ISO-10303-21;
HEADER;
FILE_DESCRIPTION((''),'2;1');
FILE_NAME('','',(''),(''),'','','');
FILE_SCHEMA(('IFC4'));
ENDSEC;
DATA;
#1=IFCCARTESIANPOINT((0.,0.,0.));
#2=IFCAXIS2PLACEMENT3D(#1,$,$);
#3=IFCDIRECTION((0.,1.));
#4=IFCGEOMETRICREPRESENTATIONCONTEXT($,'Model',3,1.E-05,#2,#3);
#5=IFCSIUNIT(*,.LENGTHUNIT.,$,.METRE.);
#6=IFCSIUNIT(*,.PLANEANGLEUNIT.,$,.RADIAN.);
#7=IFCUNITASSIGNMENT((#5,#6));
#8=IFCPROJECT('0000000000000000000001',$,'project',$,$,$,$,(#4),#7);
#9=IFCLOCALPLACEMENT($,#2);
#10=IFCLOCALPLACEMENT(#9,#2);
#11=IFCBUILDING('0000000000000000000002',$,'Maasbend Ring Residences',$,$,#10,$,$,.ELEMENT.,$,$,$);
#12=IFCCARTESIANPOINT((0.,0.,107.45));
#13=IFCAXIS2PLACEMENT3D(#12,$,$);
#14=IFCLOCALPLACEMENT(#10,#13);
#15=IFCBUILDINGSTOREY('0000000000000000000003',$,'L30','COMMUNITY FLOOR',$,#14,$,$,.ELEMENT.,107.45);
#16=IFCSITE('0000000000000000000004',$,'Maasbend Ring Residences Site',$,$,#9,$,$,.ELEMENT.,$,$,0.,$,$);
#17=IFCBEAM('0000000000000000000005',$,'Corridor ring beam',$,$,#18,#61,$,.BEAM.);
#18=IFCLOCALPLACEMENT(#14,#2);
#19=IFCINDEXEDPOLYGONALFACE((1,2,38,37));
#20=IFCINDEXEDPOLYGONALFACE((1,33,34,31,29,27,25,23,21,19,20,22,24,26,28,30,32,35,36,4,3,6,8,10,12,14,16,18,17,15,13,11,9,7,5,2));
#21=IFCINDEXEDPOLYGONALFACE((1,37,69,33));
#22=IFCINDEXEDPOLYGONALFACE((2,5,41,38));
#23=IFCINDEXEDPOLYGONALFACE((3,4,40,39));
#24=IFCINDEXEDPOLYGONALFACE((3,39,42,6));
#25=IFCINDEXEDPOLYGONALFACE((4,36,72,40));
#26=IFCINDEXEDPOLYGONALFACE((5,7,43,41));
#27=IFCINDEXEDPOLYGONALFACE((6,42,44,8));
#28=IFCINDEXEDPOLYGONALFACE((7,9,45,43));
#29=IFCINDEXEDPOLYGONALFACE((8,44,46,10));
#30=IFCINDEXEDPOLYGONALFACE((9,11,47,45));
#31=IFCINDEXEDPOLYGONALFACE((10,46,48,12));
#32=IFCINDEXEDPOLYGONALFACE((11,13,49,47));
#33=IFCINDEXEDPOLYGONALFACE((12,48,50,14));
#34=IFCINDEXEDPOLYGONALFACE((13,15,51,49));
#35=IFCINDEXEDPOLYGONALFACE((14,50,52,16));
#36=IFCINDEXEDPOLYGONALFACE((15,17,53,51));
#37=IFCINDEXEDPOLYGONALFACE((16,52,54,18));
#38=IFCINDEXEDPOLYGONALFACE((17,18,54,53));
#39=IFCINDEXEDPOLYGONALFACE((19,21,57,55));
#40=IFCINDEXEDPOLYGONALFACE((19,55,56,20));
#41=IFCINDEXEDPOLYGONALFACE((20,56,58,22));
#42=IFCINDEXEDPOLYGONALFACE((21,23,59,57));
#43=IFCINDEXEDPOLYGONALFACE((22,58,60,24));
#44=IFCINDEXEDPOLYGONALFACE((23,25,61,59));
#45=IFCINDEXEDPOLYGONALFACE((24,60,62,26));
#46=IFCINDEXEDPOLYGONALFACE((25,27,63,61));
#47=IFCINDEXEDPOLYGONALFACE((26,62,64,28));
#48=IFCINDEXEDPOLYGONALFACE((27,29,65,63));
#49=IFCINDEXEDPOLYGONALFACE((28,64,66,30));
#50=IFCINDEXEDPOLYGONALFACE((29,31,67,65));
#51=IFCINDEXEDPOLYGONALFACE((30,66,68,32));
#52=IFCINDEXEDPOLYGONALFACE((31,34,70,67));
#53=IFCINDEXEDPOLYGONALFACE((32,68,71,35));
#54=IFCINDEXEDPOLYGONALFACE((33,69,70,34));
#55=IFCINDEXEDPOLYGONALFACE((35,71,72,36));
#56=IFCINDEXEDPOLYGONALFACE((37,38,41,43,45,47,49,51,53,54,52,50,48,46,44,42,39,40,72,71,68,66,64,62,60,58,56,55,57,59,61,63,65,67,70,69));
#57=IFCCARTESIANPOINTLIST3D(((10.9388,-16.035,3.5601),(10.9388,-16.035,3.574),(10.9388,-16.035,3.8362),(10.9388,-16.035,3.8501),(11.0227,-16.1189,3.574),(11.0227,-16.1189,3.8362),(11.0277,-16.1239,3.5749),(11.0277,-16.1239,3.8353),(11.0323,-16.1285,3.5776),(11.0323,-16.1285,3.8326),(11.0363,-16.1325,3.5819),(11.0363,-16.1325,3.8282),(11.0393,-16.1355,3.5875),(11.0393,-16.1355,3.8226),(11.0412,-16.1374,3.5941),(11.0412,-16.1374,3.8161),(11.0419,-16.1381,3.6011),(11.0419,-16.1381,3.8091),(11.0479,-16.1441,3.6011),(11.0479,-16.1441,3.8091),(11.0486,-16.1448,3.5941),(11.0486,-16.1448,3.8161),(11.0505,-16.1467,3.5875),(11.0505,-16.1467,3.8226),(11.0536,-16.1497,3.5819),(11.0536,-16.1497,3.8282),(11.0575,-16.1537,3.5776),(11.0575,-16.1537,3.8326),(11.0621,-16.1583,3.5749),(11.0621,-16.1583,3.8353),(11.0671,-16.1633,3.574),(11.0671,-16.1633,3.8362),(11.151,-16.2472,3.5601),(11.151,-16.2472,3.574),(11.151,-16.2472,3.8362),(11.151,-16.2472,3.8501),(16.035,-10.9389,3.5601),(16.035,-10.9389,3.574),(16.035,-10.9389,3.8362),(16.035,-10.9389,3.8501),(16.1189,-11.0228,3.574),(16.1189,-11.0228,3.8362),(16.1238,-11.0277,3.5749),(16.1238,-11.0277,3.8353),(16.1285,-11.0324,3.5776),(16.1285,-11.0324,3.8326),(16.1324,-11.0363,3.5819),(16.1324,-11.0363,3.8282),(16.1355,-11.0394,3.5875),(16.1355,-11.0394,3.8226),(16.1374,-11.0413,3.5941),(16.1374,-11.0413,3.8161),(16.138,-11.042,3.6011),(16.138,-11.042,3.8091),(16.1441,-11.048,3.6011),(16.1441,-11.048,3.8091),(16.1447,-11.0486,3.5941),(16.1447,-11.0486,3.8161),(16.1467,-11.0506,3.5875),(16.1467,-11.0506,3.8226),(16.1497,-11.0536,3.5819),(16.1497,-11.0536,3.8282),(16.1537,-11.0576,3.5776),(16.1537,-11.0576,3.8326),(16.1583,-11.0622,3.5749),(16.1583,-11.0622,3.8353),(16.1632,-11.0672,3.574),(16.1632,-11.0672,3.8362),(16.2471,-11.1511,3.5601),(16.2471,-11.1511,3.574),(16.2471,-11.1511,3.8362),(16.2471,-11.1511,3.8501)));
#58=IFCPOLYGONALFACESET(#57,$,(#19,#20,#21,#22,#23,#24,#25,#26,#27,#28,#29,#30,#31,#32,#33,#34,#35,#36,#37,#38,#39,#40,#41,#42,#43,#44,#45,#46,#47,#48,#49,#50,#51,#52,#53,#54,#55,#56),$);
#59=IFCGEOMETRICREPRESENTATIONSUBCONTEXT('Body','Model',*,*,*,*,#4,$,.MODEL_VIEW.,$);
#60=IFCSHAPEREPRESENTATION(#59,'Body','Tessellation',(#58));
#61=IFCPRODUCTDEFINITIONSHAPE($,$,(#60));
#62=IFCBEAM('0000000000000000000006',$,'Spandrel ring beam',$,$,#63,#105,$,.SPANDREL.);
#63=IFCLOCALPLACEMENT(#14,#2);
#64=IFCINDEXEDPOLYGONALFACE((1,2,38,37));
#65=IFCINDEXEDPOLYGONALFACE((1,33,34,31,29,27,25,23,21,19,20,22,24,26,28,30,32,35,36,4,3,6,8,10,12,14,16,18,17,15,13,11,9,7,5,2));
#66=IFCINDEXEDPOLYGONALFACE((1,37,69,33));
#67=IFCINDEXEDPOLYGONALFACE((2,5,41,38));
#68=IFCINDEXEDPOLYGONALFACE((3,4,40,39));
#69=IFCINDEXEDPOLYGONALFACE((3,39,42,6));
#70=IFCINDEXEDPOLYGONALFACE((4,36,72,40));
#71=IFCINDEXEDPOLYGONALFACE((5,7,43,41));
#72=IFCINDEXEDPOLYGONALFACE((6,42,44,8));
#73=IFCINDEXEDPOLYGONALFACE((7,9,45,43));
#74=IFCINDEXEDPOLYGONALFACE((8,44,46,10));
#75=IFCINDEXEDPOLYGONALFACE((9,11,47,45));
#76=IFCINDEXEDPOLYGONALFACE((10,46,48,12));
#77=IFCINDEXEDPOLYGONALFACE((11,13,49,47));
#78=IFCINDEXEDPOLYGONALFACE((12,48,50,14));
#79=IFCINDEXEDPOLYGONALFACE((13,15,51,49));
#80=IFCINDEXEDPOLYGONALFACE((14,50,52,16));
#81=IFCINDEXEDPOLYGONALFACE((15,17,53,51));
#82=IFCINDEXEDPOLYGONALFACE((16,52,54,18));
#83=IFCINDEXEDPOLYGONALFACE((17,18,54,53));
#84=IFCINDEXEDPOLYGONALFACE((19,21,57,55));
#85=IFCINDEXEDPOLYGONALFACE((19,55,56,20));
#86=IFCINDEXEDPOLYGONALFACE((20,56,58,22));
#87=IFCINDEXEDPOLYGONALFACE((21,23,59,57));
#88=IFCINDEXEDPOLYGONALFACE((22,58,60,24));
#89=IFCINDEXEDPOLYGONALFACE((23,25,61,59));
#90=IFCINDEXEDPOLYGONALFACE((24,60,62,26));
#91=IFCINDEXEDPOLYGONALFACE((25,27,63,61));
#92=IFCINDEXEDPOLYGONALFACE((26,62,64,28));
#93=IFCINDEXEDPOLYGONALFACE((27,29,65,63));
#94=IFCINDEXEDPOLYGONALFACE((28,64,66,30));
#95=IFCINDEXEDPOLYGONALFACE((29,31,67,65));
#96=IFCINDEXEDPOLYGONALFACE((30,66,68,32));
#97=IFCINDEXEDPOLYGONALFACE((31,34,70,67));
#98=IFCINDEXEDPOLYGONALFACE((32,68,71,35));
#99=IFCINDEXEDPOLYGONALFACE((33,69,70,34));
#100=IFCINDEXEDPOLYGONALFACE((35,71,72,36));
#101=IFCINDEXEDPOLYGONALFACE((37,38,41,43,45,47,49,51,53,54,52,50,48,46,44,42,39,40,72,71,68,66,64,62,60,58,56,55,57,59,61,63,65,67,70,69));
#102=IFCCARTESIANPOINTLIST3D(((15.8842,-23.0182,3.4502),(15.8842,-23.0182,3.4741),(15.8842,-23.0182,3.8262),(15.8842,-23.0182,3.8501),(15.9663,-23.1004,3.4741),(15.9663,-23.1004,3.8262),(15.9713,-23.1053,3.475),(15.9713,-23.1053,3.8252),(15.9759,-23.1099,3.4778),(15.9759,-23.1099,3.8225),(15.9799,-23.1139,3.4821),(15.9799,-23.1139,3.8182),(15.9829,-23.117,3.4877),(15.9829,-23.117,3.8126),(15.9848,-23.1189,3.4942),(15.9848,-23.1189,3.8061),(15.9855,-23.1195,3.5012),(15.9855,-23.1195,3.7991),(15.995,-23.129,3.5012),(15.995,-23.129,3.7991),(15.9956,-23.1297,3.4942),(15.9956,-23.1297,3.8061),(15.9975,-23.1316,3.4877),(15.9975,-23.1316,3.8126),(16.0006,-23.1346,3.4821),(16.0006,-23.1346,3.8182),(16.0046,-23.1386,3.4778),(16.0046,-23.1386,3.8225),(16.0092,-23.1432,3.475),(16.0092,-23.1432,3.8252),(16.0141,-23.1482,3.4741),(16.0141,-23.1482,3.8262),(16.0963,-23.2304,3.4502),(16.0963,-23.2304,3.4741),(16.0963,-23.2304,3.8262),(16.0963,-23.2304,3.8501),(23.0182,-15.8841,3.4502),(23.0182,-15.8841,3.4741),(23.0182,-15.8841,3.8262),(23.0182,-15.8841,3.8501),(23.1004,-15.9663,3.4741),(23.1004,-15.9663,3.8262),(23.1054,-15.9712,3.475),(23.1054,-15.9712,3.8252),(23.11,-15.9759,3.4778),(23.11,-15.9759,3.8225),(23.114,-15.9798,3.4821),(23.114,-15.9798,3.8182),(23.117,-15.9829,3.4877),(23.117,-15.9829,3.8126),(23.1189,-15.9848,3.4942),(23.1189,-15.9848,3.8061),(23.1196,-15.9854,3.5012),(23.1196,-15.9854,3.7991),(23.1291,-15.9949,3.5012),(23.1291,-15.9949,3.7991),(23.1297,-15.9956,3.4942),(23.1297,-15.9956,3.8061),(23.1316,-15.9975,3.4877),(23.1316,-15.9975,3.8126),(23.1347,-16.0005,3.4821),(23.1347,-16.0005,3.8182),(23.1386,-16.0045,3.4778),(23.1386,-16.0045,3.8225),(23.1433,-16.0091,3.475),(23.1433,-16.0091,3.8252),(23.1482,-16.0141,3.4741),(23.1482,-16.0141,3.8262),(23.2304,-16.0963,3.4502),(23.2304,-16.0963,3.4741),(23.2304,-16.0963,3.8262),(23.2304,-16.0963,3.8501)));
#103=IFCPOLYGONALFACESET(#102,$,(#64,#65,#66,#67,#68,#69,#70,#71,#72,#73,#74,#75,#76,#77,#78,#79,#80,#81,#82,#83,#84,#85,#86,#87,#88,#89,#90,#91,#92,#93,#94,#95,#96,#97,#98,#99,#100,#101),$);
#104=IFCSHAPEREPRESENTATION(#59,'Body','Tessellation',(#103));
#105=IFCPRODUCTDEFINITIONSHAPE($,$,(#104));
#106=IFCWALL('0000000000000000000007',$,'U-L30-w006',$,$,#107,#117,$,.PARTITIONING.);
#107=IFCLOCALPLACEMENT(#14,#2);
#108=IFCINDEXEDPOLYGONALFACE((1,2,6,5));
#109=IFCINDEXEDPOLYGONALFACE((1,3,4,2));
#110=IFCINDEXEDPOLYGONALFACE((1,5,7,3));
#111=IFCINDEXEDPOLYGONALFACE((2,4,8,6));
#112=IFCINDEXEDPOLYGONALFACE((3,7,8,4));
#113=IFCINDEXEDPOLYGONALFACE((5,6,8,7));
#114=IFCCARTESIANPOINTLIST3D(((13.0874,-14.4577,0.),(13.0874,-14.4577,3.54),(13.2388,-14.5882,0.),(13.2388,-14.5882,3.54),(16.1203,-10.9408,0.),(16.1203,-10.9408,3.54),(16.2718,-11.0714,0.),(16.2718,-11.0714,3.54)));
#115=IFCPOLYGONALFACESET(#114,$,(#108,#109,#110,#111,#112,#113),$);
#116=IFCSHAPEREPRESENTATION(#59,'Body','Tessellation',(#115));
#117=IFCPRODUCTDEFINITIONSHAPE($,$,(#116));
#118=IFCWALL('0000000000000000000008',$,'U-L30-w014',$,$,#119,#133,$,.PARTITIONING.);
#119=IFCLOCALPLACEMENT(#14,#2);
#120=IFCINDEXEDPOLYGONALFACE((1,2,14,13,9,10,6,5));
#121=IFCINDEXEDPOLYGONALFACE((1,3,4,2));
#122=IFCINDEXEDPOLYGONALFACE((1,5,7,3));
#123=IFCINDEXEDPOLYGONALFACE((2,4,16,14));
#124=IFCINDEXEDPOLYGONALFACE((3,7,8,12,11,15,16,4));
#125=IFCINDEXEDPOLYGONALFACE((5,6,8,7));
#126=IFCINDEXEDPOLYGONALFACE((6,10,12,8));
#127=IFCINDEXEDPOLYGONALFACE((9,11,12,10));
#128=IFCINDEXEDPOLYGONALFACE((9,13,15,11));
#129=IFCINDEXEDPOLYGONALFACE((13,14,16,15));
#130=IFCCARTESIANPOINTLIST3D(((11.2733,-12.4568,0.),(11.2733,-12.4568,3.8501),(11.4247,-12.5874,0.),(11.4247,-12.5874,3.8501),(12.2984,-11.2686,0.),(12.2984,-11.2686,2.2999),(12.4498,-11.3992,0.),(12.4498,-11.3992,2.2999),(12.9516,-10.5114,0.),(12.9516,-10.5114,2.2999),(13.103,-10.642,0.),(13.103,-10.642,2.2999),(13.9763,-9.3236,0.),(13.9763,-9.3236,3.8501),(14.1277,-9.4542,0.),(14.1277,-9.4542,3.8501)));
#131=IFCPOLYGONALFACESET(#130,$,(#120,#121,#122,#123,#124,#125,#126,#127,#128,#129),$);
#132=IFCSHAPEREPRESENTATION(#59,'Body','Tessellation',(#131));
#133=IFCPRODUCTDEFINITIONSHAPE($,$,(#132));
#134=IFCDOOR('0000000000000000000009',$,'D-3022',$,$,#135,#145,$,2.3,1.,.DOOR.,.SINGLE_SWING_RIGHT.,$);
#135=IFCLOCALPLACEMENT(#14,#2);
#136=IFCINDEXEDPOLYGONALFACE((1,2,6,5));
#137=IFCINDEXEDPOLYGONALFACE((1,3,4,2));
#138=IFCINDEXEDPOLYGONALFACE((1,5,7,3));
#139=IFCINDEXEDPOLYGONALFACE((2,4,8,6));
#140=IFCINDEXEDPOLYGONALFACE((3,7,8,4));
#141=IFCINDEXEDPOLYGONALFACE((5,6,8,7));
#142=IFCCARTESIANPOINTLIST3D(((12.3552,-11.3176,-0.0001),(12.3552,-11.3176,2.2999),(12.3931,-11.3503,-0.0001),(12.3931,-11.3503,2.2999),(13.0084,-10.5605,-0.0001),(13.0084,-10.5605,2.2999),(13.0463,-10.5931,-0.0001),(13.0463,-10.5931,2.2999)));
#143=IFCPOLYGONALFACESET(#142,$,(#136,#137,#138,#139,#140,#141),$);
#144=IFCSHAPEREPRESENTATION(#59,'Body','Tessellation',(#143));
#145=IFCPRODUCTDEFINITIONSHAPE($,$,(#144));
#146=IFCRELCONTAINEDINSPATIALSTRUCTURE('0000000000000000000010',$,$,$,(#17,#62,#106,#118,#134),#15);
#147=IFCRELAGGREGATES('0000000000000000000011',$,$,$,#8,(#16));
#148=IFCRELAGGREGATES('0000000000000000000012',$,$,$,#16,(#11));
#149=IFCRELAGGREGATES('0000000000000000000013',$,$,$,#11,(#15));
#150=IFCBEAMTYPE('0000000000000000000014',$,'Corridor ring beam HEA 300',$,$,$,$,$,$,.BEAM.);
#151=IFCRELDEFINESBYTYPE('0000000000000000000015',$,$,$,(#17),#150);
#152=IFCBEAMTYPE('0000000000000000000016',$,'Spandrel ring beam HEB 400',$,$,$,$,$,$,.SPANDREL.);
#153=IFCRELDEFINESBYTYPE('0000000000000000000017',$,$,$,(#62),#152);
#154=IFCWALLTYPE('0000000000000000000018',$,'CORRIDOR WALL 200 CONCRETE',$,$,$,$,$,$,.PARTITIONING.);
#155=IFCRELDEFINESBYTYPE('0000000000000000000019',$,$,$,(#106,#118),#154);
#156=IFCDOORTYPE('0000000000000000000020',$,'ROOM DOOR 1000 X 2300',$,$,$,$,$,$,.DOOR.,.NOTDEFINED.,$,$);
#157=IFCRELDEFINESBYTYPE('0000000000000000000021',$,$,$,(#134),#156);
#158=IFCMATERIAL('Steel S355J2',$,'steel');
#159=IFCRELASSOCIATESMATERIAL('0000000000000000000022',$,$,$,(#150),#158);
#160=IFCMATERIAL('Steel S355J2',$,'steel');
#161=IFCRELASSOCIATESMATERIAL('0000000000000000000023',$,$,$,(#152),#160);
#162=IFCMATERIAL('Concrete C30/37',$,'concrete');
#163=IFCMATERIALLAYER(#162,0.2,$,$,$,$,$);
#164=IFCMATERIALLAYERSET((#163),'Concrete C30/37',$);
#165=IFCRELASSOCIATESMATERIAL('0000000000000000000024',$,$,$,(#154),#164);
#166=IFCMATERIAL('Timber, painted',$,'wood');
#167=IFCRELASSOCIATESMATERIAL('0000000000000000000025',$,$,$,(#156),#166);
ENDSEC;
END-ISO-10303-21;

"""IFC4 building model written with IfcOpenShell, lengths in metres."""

from ifc_helpers import new_model, si_unit, direction, frame, frame_2d, origin, origin_2d, place, context, subcontext, project, spatial, rectangle, i_section, extrude, material, layer, layer_set, material_profile, profile_set, type_object, element, fill, save


model = new_model("IFC4")

# Units and contexts
model_context = context("Model", 3, precision=1e-05, world=origin(), true_north=direction((0.0, 1.0)))
body_context = subcontext(model_context, "Body", "Model", "MODEL_VIEW")
ifc_project = project(units=[si_unit("LENGTHUNIT", "METRE"), si_unit("PLANEANGLEUNIT", "RADIAN")], contexts=[model_context])

# Site, building, storey
site_placement = place(None, origin())
site = spatial("IfcSite", under=ifc_project, at=site_placement, Name="Maasbend Ring Residences Site", CompositionType="ELEMENT", RefElevation=0.0)
building_placement = place(site_placement, origin())
building = spatial("IfcBuilding", under=site, at=building_placement, Name="Maasbend Ring Residences", CompositionType="ELEMENT")
storey_placement = place(building_placement, frame((0.0, 0.0, 107.45)))
storey = spatial("IfcBuildingStorey", under=building, at=storey_placement, Name="L30", Description="COMMUNITY FLOOR", CompositionType="ELEMENT", Elevation=107.45)

# Beams
ifc_material_1 = material(Name="Steel S355J2", Category="steel")
ifc_material_profile_1 = material_profile(ifc_material_1, i_section(OverallWidth=0.3, OverallDepth=0.29, WebThickness=0.0085, FlangeThickness=0.0139, FilletRadius=0.0271, at=origin_2d()), Name="HEA 300")
ifc_profile_set_1 = profile_set([ifc_material_profile_1], Name="Steel S355J2")
beam_type_1 = type_object("IfcBeamType", Name="Corridor ring beam HEA 300", PredefinedType="BEAM", material=ifc_profile_set_1)
beam_1_placement = place(storey_placement, frame((11.0449, -16.1411, 3.7051), z_axis=(0.707107, 0.707107, 0.0), x_axis=(-0.707107, 0.707107, 0.0)))
element("IfcBeam", 1, at=beam_1_placement, inside=storey, type_object=beam_type_1, Name="Corridor ring beam", PredefinedType="BEAM", context=body_context, shape_type="SweptSolid", body=[
    extrude(i_section(OverallWidth=0.3, OverallDepth=0.29, WebThickness=0.0085, FlangeThickness=0.0139, FilletRadius=0.0271, at=origin_2d()), origin(), (0.0, 0.0, 1.0), 7.207),
])
ifc_material_2 = material(Name="Steel S355J2", Category="steel")
ifc_material_profile_2 = material_profile(ifc_material_2, i_section(OverallWidth=0.3, OverallDepth=0.3999, WebThickness=0.0134, FlangeThickness=0.0239, FilletRadius=0.0271, at=origin_2d()), Name="HEB 400")
ifc_profile_set_2 = profile_set([ifc_material_profile_2], Name="Steel S355J2")
beam_type_2 = type_object("IfcBeamType", Name="Spandrel ring beam HEB 400", PredefinedType="SPANDREL", material=ifc_profile_set_2)
beam_2_placement = place(storey_placement, frame((15.9902, -23.1243, 3.6501), z_axis=(0.707107, 0.707107, 0.0), x_axis=(-0.707107, 0.707107, 0.0)))
element("IfcBeam", 2, at=beam_2_placement, inside=storey, type_object=beam_type_2, Name="Spandrel ring beam", PredefinedType="SPANDREL", context=body_context, shape_type="SweptSolid", body=[
    extrude(i_section(OverallWidth=0.3, OverallDepth=0.3999, WebThickness=0.0134, FlangeThickness=0.0239, FilletRadius=0.0271, at=origin_2d()), origin(), (0.0, 0.0, 1.0), 10.0891),
])

# Wall
ifc_material_3 = material(Name="Concrete C30/37", Category="concrete")
ifc_layer_1 = layer(ifc_material_3, 0.2)
ifc_layer_set_1 = layer_set([ifc_layer_1], Name="Concrete C30/37")
wall_type_1 = type_object("IfcWallType", Name="CORRIDOR WALL 200 CONCRETE", PredefinedType="PARTITIONING", material=ifc_layer_set_1)
wall_1_placement = place(storey_placement, frame((13.1631, -14.5229, 0.0), z_axis=(0.0, 0.0, 1.0), x_axis=(0.653087, 0.757283, 0.0)))
element("IfcWall", 3, at=wall_1_placement, inside=storey, type_object=wall_type_1, Name="U-L30-w006", PredefinedType="PARTITIONING", context=body_context, shape_type="SweptSolid", body=[
    extrude(rectangle(XDim=4.644, YDim=0.2, at=frame_2d((2.322, 0.0))), origin(), (0.0, 0.0, 1.0), 3.54),
])

# Wall, opening, door
wall_2_placement = place(storey_placement, frame((11.3491, -12.522, 0.0), z_axis=(0.0, 0.0, 1.0), x_axis=(0.653213, 0.757174, 0.0)))
wall_2 = element("IfcWall", 4, at=wall_2_placement, inside=storey, type_object=wall_type_1, Name="U-L30-w014", PredefinedType="PARTITIONING", context=body_context, shape_type="SweptSolid", body=[
    extrude(rectangle(XDim=4.1379, YDim=0.2, at=frame_2d((2.0688, 0.0))), origin(), (0.0, 0.0, 1.0), 3.8501),
])
opening_1_placement = place(wall_2_placement, frame((1.5691, 0.0, 0.0)))
opening_1 = element("IfcOpeningElement", 5, at=opening_1_placement, cuts=wall_2, PredefinedType="OPENING", context=body_context, shape_type="SweptSolid", body=[
    extrude(rectangle(XDim=1.0, YDim=2.3, at=frame_2d((0.5, 1.1499))), frame((0.0, 0.1099, 0.0), z_axis=(0.0, -1.0, 0.0), x_axis=(1.0, 0.0, 0.0)), (0.0, 0.0, 1.0), 0.22),
])
ifc_material_4 = material(Name="Timber, painted", Category="wood")
door_type_1 = type_object("IfcDoorType", Name="ROOM DOOR 1000 X 2300", OperationType="NOTDEFINED", PredefinedType="DOOR", material=ifc_material_4)
door_1_placement = place(opening_1_placement, origin())
door_1 = element("IfcDoor", 6, at=door_1_placement, inside=storey, type_object=door_type_1, Name="D-3022", OperationType="SINGLE_SWING_RIGHT", OverallHeight=2.3, OverallWidth=1.0, PredefinedType="DOOR", context=body_context, shape_type="SweptSolid", body=[
    extrude(rectangle(XDim=1.0, YDim=2.3, at=frame_2d((0.5, 1.1499))), frame((0.0, 0.0249, 0.0), z_axis=(0.0, -1.0, 0.0), x_axis=(1.0, 0.0, 0.0)), (0.0, 0.0, 1.0), 0.05),
])
fill(opening_1, door_1)

save(model, "model.ifc")
